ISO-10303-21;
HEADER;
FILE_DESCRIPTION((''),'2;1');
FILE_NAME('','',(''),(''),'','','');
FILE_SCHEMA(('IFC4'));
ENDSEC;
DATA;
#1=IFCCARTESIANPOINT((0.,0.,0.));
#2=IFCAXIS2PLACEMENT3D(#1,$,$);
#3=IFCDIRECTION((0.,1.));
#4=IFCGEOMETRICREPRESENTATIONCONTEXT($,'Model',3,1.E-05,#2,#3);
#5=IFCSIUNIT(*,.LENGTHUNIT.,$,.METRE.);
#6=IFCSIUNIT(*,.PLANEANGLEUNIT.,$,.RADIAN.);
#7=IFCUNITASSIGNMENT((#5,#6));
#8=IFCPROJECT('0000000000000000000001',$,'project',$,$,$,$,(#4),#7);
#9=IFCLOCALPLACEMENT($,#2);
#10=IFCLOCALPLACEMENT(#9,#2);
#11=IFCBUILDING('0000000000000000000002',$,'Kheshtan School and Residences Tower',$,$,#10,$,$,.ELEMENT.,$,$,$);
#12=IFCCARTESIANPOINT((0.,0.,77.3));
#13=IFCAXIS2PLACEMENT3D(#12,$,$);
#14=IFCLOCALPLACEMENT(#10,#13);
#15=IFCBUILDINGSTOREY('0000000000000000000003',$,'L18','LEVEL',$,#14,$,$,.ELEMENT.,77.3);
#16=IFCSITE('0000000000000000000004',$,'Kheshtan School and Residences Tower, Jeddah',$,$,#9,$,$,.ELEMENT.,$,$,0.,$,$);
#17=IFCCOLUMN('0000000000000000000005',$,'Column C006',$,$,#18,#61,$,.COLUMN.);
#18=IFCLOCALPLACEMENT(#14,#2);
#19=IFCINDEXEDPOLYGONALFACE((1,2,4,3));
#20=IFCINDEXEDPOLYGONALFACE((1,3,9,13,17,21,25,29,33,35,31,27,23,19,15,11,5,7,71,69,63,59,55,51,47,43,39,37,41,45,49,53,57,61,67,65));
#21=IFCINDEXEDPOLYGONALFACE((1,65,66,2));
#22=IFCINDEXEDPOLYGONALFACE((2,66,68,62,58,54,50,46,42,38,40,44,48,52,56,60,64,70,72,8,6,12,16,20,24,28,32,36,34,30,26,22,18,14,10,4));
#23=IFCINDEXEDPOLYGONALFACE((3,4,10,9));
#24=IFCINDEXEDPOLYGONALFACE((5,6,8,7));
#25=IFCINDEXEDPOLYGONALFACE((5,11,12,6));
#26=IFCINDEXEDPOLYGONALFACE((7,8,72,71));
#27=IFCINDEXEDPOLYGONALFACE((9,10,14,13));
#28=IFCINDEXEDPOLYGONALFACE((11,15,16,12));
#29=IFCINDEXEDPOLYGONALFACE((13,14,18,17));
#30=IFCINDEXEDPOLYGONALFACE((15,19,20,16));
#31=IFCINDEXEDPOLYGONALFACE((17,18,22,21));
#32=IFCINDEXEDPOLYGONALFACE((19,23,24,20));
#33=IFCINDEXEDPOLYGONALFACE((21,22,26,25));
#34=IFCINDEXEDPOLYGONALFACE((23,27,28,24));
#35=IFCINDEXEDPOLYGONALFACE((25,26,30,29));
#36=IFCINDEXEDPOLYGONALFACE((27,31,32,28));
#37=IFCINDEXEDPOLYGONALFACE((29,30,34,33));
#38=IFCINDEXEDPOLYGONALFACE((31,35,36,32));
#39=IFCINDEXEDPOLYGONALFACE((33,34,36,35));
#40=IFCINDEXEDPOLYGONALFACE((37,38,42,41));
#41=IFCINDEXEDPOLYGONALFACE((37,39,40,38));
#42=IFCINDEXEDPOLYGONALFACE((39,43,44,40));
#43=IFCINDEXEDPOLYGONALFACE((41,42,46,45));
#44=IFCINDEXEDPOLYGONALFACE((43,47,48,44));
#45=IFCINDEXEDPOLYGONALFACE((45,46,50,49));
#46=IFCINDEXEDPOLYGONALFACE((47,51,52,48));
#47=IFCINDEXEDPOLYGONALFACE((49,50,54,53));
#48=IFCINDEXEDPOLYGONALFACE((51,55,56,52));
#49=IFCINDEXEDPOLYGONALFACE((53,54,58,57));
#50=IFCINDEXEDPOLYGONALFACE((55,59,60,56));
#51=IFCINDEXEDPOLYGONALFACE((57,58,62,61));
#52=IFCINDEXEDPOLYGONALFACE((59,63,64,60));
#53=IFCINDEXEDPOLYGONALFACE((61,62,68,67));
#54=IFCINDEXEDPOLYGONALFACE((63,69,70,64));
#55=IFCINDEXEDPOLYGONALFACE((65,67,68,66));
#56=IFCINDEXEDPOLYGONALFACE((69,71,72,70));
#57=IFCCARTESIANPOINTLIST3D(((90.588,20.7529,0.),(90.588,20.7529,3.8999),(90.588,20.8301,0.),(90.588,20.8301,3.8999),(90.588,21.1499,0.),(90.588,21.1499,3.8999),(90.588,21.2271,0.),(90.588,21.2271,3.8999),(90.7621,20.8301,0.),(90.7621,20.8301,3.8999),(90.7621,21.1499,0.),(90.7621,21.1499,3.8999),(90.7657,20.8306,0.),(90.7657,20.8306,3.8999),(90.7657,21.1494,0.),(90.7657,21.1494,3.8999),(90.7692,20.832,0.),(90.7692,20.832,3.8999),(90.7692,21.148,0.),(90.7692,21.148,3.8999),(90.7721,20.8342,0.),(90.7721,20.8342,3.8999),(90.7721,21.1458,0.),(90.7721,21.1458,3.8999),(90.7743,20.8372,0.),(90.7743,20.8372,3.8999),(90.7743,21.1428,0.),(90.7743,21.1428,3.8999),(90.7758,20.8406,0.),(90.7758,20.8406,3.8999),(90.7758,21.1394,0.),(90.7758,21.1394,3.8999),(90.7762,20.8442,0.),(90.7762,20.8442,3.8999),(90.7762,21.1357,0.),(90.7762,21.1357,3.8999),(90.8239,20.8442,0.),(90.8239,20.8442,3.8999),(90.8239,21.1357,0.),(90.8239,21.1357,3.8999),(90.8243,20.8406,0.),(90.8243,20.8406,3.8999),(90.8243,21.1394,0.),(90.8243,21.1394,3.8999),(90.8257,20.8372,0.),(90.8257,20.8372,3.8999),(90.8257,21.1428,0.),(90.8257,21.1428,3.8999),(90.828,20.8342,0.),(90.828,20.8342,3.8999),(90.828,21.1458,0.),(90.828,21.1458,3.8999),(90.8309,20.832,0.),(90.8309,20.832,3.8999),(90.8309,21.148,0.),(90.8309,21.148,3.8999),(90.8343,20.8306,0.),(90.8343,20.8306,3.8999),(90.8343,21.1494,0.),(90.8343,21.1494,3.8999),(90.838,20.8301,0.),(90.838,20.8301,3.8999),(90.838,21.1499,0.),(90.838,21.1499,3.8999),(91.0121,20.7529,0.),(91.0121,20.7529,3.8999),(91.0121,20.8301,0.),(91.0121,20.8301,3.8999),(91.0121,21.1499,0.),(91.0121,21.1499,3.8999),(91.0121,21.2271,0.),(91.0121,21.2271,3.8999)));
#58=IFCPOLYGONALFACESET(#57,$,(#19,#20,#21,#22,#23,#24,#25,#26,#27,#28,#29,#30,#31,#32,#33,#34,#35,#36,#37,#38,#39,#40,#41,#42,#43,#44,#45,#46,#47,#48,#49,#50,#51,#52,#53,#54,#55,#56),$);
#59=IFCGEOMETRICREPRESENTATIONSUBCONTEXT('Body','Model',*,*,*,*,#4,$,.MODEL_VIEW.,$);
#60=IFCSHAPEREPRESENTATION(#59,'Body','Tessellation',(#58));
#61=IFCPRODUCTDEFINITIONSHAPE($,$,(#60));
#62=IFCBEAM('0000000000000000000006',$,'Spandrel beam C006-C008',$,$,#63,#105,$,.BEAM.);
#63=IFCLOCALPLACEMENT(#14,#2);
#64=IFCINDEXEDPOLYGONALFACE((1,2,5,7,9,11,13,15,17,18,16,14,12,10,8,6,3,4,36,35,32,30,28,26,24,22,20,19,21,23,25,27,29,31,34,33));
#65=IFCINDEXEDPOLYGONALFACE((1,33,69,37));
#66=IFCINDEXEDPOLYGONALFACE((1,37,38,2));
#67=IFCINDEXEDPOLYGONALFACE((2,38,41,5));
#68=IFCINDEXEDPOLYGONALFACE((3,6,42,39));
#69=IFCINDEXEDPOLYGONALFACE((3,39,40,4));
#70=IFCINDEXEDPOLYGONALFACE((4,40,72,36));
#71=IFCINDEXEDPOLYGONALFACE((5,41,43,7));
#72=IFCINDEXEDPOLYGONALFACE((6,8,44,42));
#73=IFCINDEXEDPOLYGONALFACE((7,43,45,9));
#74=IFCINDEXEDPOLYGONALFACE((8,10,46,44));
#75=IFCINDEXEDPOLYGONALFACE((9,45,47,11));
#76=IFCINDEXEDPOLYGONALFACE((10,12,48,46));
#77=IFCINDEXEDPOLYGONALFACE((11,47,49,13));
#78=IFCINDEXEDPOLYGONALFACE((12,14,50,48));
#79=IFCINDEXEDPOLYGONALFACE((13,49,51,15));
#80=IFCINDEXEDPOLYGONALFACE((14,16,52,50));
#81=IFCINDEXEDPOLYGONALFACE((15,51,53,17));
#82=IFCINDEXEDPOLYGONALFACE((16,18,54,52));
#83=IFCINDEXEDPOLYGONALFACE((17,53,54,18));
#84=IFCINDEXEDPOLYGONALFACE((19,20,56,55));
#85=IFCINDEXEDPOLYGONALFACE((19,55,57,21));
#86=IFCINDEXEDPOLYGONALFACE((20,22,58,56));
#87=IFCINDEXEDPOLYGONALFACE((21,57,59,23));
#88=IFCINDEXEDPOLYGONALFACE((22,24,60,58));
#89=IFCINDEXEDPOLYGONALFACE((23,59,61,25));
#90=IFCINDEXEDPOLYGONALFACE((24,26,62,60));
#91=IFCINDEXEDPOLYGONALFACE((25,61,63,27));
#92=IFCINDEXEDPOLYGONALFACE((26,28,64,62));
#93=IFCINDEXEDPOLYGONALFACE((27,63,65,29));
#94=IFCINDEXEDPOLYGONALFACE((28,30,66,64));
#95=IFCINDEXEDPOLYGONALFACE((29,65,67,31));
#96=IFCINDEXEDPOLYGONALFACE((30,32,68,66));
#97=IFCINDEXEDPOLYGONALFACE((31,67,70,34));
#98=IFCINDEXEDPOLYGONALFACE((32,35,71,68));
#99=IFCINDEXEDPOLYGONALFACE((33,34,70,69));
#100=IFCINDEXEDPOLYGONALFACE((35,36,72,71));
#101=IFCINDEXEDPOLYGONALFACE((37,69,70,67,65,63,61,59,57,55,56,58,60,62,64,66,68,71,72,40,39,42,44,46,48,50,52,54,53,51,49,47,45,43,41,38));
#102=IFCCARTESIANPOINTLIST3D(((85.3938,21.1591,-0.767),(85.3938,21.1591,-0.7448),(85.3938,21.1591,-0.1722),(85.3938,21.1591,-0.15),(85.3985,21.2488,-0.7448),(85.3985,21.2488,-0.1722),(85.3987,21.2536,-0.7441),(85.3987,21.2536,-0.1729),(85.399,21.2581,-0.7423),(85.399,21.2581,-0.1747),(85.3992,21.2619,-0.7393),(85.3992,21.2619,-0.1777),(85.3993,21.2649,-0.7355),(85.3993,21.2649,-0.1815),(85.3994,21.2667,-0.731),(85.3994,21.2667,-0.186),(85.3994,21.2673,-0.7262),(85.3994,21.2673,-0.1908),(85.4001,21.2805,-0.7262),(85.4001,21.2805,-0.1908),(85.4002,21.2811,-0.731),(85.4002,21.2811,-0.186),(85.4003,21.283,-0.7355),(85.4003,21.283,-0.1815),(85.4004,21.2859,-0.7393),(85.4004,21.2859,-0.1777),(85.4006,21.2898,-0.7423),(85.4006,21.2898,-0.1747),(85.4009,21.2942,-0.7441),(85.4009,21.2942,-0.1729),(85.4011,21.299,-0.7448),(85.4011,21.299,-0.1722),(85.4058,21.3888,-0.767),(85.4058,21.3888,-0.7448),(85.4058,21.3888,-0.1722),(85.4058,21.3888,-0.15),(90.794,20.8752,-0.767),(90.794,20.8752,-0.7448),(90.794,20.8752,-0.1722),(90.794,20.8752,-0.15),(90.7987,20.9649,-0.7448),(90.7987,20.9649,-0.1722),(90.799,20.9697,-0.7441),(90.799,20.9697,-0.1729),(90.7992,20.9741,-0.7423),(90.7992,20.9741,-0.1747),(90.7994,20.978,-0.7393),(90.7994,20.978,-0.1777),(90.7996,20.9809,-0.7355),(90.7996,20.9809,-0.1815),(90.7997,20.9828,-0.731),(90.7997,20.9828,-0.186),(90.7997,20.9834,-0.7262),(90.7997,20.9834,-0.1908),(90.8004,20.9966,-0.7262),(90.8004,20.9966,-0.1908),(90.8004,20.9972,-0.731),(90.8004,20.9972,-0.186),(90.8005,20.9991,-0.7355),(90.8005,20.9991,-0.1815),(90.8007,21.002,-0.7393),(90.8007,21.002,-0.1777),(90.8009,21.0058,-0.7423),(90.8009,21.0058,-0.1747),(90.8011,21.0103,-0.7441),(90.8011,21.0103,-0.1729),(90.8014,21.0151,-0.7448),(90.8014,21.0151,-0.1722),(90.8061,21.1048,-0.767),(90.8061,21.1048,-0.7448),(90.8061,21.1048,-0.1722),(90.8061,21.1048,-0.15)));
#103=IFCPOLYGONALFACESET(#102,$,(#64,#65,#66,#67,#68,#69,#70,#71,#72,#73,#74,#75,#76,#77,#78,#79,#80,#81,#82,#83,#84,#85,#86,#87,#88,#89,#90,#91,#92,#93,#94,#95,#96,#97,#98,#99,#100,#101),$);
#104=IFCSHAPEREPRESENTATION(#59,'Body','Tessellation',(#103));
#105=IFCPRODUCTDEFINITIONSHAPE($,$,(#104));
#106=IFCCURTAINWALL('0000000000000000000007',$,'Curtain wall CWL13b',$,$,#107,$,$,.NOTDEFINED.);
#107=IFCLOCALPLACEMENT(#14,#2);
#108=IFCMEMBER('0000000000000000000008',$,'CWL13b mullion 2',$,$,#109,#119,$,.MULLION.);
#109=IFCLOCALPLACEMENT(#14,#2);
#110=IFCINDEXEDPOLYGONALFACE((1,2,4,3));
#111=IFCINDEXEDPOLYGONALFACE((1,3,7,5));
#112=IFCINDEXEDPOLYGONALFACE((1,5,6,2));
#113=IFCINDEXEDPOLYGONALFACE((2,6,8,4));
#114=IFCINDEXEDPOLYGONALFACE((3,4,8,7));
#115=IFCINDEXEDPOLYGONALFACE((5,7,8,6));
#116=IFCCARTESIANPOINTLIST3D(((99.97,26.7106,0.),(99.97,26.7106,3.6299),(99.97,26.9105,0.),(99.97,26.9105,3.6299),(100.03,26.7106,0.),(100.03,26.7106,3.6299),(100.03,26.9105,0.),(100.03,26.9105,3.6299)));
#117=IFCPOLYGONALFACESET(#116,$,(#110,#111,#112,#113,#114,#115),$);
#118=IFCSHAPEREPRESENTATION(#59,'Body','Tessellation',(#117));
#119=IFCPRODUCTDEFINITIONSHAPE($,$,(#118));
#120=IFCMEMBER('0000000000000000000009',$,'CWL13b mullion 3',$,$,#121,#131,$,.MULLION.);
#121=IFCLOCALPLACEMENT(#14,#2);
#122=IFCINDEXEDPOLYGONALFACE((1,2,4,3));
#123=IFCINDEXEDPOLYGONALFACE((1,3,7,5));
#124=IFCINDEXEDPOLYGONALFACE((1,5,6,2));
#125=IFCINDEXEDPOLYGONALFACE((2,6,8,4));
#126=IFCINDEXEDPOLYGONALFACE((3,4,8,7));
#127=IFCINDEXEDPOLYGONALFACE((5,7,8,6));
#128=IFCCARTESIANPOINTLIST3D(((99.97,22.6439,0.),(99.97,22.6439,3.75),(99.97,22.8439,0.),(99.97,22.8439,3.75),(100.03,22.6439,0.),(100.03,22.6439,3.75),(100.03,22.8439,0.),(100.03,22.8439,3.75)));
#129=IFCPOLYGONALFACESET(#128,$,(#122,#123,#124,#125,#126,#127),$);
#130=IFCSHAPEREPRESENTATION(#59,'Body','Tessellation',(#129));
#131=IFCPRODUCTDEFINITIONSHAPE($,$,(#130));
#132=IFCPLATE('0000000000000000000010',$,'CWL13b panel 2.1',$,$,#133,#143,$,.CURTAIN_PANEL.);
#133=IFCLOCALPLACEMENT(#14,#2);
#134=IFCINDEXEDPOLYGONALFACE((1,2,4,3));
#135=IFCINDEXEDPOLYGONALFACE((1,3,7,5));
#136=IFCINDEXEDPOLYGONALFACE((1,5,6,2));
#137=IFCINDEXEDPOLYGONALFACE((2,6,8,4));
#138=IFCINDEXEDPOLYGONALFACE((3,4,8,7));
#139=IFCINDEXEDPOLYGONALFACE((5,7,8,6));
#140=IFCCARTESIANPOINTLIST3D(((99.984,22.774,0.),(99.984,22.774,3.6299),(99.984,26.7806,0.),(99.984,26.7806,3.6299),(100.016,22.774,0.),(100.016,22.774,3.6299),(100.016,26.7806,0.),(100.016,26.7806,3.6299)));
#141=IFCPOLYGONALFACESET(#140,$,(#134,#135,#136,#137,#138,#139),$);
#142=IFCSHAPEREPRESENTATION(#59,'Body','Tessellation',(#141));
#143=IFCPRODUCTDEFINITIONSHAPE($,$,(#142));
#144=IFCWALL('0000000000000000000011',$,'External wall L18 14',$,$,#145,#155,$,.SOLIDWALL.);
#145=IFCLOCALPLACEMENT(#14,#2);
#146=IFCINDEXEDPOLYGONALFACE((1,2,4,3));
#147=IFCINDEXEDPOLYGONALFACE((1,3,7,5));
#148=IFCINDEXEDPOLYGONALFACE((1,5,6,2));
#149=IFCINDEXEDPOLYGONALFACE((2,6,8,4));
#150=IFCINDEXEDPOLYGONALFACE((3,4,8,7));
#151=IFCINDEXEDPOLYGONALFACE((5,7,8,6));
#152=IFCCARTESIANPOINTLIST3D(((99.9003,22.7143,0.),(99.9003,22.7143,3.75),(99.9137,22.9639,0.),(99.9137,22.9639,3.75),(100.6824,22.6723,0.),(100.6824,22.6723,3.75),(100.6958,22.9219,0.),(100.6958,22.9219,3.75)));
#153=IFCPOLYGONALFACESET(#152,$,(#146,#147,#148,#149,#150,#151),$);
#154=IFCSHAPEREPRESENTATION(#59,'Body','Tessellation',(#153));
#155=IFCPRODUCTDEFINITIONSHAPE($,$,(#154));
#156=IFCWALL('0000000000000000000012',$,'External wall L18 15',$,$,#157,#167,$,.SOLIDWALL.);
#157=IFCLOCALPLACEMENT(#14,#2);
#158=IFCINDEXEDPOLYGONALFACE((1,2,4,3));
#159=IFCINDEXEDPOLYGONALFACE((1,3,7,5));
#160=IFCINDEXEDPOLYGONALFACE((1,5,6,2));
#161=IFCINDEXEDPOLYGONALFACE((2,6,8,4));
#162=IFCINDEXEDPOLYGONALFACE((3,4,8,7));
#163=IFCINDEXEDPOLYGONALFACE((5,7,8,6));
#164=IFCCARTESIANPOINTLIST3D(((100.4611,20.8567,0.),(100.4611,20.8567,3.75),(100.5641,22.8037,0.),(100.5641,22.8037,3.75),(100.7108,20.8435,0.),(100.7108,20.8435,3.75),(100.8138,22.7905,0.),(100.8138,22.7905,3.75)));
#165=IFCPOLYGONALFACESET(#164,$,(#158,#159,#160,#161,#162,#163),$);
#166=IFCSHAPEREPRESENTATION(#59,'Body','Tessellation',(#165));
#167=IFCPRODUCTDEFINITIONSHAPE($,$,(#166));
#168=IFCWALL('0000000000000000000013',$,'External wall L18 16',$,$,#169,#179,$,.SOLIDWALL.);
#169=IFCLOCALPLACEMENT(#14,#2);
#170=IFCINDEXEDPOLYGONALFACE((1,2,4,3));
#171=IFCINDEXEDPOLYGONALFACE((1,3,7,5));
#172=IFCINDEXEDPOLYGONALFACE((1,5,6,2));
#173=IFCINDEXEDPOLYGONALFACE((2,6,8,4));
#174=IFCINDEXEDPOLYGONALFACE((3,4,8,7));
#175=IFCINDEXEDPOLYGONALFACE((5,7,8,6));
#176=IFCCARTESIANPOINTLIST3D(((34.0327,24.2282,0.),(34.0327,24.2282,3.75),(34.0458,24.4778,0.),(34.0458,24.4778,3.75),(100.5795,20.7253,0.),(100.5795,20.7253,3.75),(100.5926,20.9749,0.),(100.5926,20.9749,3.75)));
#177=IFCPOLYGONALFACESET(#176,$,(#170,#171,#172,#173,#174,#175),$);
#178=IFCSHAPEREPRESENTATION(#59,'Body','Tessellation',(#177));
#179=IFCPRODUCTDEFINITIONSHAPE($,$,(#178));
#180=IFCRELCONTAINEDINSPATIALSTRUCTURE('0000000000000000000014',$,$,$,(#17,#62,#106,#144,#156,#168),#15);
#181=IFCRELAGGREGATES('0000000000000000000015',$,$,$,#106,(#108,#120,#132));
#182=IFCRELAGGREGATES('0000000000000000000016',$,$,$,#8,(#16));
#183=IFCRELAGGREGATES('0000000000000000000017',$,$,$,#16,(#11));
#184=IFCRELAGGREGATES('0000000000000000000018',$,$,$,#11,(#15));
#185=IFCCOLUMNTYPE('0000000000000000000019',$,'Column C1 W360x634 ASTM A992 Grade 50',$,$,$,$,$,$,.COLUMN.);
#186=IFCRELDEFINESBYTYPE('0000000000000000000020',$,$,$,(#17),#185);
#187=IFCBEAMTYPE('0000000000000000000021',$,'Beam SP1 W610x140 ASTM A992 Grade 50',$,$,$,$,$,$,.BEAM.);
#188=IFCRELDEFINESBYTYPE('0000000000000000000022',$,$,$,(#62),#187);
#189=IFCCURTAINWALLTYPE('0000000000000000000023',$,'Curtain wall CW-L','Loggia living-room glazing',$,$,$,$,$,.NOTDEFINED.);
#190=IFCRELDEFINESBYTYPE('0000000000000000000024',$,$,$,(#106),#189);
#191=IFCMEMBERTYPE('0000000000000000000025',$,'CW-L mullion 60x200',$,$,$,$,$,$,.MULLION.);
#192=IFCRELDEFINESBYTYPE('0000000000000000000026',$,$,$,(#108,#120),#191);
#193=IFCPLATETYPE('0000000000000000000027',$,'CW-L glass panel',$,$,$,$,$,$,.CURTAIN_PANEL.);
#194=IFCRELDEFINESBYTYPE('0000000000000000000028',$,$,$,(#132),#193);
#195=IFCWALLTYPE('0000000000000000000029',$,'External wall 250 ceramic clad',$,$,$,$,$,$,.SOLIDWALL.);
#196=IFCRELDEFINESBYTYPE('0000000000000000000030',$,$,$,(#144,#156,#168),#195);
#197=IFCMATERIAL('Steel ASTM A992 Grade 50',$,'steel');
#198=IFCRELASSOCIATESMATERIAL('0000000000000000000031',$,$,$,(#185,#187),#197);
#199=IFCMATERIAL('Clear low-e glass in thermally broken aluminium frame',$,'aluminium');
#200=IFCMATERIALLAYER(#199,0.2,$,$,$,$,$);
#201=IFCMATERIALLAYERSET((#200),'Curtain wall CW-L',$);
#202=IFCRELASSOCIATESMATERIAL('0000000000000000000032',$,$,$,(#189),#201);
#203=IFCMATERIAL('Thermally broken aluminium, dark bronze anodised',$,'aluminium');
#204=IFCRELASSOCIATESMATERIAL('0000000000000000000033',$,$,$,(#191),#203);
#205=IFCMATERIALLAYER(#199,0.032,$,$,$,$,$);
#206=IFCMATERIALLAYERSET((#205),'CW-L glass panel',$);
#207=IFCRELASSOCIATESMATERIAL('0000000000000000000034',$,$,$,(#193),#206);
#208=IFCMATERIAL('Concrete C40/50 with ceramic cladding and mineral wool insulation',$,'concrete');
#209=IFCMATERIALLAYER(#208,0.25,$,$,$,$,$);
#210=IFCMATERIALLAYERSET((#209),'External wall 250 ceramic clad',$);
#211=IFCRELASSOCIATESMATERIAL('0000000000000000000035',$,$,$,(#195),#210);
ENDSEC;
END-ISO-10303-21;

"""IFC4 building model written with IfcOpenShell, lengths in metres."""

from ifc_helpers import new_model, si_unit, direction, frame, frame_2d, origin, origin_2d, place, context, subcontext, project, spatial, rectangle, i_section, extrude, material, layer, layer_set, material_profile, profile_set, type_object, element, aggregate, save


model = new_model("IFC4")

# Units and contexts
model_context = context("Model", 3, precision=1e-05, world=origin(), true_north=direction((0.0, 1.0)))
body_context = subcontext(model_context, "Body", "Model", "MODEL_VIEW")
ifc_project = project(units=[si_unit("LENGTHUNIT", "METRE"), si_unit("PLANEANGLEUNIT", "RADIAN")], contexts=[model_context])

# Site, building, storey
site_placement = place(None, origin())
site = spatial("IfcSite", under=ifc_project, at=site_placement, Name="Kheshtan School and Residences Tower, Jeddah", CompositionType="ELEMENT", RefElevation=0.0)
building_placement = place(site_placement, origin())
building = spatial("IfcBuilding", under=site, at=building_placement, Name="Kheshtan School and Residences Tower", CompositionType="ELEMENT")
storey_placement = place(building_placement, frame((0.0, 0.0, 77.3)))
storey = spatial("IfcBuildingStorey", under=building, at=storey_placement, Name="L18", Description="LEVEL", CompositionType="ELEMENT", Elevation=77.3)

# Column
ifc_material_1 = material(Name="Steel ASTM A992 Grade 50", Category="steel")
ifc_material_profile_1 = material_profile(ifc_material_1, i_section(OverallWidth=0.4241, OverallDepth=0.4741, WebThickness=0.0476, FlangeThickness=0.0771, FilletRadius=0.0142, at=origin_2d()), Name="W360x634")
ifc_profile_set_1 = profile_set([ifc_material_profile_1], Name="Steel ASTM A992 Grade 50")
column_type = type_object("IfcColumnType", Name="Column C1 W360x634 ASTM A992 Grade 50", PredefinedType="COLUMN", material=ifc_profile_set_1)
column_placement = place(storey_placement, frame((90.8, 20.99, 0.0), z_axis=(0.0, 0.0, 1.0), x_axis=(1.0, 0.0, 0.0)))
element("IfcColumn", 1, at=column_placement, inside=storey, type_object=column_type, Name="Column C006", PredefinedType="COLUMN", context=body_context, shape_type="SweptSolid", body=[
    extrude(i_section(OverallWidth=0.4241, OverallDepth=0.4741, WebThickness=0.0476, FlangeThickness=0.0771, FilletRadius=0.0142, at=origin_2d()), origin(), (0.0, 0.0, 1.0), 3.8999),
])

# Beam
ifc_material_profile_2 = material_profile(ifc_material_1, i_section(OverallWidth=0.23, OverallDepth=0.6169, WebThickness=0.0132, FlangeThickness=0.0222, FilletRadius=0.0186, at=origin_2d()), Name="W610x140")
ifc_profile_set_2 = profile_set([ifc_material_profile_2], Name="Steel ASTM A992 Grade 50")
beam_type = type_object("IfcBeamType", Name="Beam SP1 W610x140 ASTM A992 Grade 50", PredefinedType="BEAM", material=ifc_profile_set_2)
beam_placement = place(storey_placement, frame((90.8, 20.99, -0.4585), z_axis=(-0.998621, 0.052507, 0.0), x_axis=(-0.052507, -0.998621, 0.0)))
element("IfcBeam", 2, at=beam_placement, inside=storey, type_object=beam_type, Name="Spandrel beam C006-C008", PredefinedType="BEAM", context=body_context, shape_type="SweptSolid", body=[
    extrude(i_section(OverallWidth=0.23, OverallDepth=0.6169, WebThickness=0.0132, FlangeThickness=0.0222, FilletRadius=0.0186, at=origin_2d()), origin(), (0.0, 0.0, 1.0), 5.4077),
])

# Curtain wall, members, plate
ifc_material_2 = material(Name="Clear low-e glass in thermally broken aluminium frame", Category="aluminium")
ifc_layer_1 = layer(ifc_material_2, 0.2)
ifc_layer_set_1 = layer_set([ifc_layer_1], Name="Curtain wall CW-L")
curtain_wall_type = type_object("IfcCurtainWallType", Name="Curtain wall CW-L", Description="Loggia living-room glazing", PredefinedType="NOTDEFINED", material=ifc_layer_set_1)
curtain_wall_placement = place(storey_placement, origin())
curtain_wall = element("IfcCurtainWall", 3, at=curtain_wall_placement, inside=storey, type_object=curtain_wall_type, Name="Curtain wall CWL13b", PredefinedType="NOTDEFINED")
ifc_material_3 = material(Name="Thermally broken aluminium, dark bronze anodised", Category="aluminium")
ifc_material_profile_3 = material_profile(ifc_material_3, rectangle(XDim=0.0601, YDim=0.2, at=origin_2d()), Name="CW-L mullion 60x200")
ifc_profile_set_3 = profile_set([ifc_material_profile_3], Name="Thermally broken aluminium, dark bronze anodised")
member_type = type_object("IfcMemberType", Name="CW-L mullion 60x200", PredefinedType="MULLION", material=ifc_profile_set_3)
member_1_placement = place(storey_placement, frame((100.0, 26.8105, 0.0), z_axis=(0.0, 0.0, 1.0), x_axis=(1.0, 0.0, 0.0)))
member_1 = element("IfcMember", 4, at=member_1_placement, type_object=member_type, Name="CWL13b mullion 2", PredefinedType="MULLION", context=body_context, shape_type="SweptSolid", body=[
    extrude(rectangle(XDim=0.0601, YDim=0.2, at=origin_2d()), origin(), (0.0, 0.0, 1.0), 3.6299),
])
member_2_placement = place(storey_placement, frame((100.0, 22.7439, 0.0), z_axis=(0.0, 0.0, 1.0), x_axis=(1.0, 0.0, 0.0)))
member_2 = element("IfcMember", 5, at=member_2_placement, type_object=member_type, Name="CWL13b mullion 3", PredefinedType="MULLION", context=body_context, shape_type="SweptSolid", body=[
    extrude(rectangle(XDim=0.0601, YDim=0.2, at=origin_2d()), origin(), (0.0, 0.0, 1.0), 3.75),
])
ifc_layer_2 = layer(ifc_material_2, 0.032)
ifc_layer_set_2 = layer_set([ifc_layer_2], Name="CW-L glass panel")
plate_type = type_object("IfcPlateType", Name="CW-L glass panel", PredefinedType="CURTAIN_PANEL", material=ifc_layer_set_2)
plate_placement = place(storey_placement, frame((100.0, 24.7773, 0.0), z_axis=(0.0, 0.0, 1.0), x_axis=(0.0, -1.0, 0.0)))
plate = element("IfcPlate", 6, at=plate_placement, type_object=plate_type, Name="CWL13b panel 2.1", PredefinedType="CURTAIN_PANEL", context=body_context, shape_type="SweptSolid", body=[
    extrude(rectangle(XDim=4.0066, YDim=0.032, at=origin_2d()), origin(), (0.0, 0.0, 1.0), 3.6299),
])
aggregate(curtain_wall, [member_1, member_2, plate])

# Walls
ifc_material_4 = material(Name="Concrete C40/50 with ceramic cladding and mineral wool insulation", Category="concrete")
ifc_layer_3 = layer(ifc_material_4, 0.25)
ifc_layer_set_3 = layer_set([ifc_layer_3], Name="External wall 250 ceramic clad")
wall_type_1 = type_object("IfcWallType", Name="External wall 250 ceramic clad", PredefinedType="SOLIDWALL", material=ifc_layer_set_3)
wall_1_placement = place(storey_placement, frame((99.907, 22.8391, 0.0), z_axis=(0.0, 0.0, 1.0), x_axis=(0.998561, -0.053622, 0.0)))
element("IfcWall", 7, at=wall_1_placement, inside=storey, type_object=wall_type_1, Name="External wall L18 14", PredefinedType="SOLIDWALL", context=body_context, shape_type="SweptSolid", body=[
    extrude(rectangle(XDim=0.7832, YDim=0.25, at=frame_2d((0.3916, 0.0))), origin(), (0.0, 0.0, 1.0), 3.75),
])
wall_2_placement = place(storey_placement, frame((100.689, 22.7971, 0.0), z_axis=(0.0, 0.0, 1.0), x_axis=(-0.052841, -0.998603, 0.0)))
element("IfcWall", 8, at=wall_2_placement, inside=storey, type_object=wall_type_1, Name="External wall L18 15", PredefinedType="SOLIDWALL", context=body_context, shape_type="SweptSolid", body=[
    extrude(rectangle(XDim=1.9497, YDim=0.25, at=frame_2d((0.9749, 0.0))), origin(), (0.0, 0.0, 1.0), 3.75),
])
wall_3_placement = place(storey_placement, frame((100.5859, 20.8501, 0.0), z_axis=(0.0, 0.0, 1.0), x_axis=(-0.998617, 0.052566, 0.0)))
element("IfcWall", 9, at=wall_3_placement, inside=storey, type_object=wall_type_1, Name="External wall L18 16", PredefinedType="SOLIDWALL", context=body_context, shape_type="SweptSolid", body=[
    extrude(rectangle(XDim=66.6389, YDim=0.25, at=frame_2d((33.3193, 0.0))), origin(), (0.0, 0.0, 1.0), 3.75),
])

save(model, "model.ifc")
